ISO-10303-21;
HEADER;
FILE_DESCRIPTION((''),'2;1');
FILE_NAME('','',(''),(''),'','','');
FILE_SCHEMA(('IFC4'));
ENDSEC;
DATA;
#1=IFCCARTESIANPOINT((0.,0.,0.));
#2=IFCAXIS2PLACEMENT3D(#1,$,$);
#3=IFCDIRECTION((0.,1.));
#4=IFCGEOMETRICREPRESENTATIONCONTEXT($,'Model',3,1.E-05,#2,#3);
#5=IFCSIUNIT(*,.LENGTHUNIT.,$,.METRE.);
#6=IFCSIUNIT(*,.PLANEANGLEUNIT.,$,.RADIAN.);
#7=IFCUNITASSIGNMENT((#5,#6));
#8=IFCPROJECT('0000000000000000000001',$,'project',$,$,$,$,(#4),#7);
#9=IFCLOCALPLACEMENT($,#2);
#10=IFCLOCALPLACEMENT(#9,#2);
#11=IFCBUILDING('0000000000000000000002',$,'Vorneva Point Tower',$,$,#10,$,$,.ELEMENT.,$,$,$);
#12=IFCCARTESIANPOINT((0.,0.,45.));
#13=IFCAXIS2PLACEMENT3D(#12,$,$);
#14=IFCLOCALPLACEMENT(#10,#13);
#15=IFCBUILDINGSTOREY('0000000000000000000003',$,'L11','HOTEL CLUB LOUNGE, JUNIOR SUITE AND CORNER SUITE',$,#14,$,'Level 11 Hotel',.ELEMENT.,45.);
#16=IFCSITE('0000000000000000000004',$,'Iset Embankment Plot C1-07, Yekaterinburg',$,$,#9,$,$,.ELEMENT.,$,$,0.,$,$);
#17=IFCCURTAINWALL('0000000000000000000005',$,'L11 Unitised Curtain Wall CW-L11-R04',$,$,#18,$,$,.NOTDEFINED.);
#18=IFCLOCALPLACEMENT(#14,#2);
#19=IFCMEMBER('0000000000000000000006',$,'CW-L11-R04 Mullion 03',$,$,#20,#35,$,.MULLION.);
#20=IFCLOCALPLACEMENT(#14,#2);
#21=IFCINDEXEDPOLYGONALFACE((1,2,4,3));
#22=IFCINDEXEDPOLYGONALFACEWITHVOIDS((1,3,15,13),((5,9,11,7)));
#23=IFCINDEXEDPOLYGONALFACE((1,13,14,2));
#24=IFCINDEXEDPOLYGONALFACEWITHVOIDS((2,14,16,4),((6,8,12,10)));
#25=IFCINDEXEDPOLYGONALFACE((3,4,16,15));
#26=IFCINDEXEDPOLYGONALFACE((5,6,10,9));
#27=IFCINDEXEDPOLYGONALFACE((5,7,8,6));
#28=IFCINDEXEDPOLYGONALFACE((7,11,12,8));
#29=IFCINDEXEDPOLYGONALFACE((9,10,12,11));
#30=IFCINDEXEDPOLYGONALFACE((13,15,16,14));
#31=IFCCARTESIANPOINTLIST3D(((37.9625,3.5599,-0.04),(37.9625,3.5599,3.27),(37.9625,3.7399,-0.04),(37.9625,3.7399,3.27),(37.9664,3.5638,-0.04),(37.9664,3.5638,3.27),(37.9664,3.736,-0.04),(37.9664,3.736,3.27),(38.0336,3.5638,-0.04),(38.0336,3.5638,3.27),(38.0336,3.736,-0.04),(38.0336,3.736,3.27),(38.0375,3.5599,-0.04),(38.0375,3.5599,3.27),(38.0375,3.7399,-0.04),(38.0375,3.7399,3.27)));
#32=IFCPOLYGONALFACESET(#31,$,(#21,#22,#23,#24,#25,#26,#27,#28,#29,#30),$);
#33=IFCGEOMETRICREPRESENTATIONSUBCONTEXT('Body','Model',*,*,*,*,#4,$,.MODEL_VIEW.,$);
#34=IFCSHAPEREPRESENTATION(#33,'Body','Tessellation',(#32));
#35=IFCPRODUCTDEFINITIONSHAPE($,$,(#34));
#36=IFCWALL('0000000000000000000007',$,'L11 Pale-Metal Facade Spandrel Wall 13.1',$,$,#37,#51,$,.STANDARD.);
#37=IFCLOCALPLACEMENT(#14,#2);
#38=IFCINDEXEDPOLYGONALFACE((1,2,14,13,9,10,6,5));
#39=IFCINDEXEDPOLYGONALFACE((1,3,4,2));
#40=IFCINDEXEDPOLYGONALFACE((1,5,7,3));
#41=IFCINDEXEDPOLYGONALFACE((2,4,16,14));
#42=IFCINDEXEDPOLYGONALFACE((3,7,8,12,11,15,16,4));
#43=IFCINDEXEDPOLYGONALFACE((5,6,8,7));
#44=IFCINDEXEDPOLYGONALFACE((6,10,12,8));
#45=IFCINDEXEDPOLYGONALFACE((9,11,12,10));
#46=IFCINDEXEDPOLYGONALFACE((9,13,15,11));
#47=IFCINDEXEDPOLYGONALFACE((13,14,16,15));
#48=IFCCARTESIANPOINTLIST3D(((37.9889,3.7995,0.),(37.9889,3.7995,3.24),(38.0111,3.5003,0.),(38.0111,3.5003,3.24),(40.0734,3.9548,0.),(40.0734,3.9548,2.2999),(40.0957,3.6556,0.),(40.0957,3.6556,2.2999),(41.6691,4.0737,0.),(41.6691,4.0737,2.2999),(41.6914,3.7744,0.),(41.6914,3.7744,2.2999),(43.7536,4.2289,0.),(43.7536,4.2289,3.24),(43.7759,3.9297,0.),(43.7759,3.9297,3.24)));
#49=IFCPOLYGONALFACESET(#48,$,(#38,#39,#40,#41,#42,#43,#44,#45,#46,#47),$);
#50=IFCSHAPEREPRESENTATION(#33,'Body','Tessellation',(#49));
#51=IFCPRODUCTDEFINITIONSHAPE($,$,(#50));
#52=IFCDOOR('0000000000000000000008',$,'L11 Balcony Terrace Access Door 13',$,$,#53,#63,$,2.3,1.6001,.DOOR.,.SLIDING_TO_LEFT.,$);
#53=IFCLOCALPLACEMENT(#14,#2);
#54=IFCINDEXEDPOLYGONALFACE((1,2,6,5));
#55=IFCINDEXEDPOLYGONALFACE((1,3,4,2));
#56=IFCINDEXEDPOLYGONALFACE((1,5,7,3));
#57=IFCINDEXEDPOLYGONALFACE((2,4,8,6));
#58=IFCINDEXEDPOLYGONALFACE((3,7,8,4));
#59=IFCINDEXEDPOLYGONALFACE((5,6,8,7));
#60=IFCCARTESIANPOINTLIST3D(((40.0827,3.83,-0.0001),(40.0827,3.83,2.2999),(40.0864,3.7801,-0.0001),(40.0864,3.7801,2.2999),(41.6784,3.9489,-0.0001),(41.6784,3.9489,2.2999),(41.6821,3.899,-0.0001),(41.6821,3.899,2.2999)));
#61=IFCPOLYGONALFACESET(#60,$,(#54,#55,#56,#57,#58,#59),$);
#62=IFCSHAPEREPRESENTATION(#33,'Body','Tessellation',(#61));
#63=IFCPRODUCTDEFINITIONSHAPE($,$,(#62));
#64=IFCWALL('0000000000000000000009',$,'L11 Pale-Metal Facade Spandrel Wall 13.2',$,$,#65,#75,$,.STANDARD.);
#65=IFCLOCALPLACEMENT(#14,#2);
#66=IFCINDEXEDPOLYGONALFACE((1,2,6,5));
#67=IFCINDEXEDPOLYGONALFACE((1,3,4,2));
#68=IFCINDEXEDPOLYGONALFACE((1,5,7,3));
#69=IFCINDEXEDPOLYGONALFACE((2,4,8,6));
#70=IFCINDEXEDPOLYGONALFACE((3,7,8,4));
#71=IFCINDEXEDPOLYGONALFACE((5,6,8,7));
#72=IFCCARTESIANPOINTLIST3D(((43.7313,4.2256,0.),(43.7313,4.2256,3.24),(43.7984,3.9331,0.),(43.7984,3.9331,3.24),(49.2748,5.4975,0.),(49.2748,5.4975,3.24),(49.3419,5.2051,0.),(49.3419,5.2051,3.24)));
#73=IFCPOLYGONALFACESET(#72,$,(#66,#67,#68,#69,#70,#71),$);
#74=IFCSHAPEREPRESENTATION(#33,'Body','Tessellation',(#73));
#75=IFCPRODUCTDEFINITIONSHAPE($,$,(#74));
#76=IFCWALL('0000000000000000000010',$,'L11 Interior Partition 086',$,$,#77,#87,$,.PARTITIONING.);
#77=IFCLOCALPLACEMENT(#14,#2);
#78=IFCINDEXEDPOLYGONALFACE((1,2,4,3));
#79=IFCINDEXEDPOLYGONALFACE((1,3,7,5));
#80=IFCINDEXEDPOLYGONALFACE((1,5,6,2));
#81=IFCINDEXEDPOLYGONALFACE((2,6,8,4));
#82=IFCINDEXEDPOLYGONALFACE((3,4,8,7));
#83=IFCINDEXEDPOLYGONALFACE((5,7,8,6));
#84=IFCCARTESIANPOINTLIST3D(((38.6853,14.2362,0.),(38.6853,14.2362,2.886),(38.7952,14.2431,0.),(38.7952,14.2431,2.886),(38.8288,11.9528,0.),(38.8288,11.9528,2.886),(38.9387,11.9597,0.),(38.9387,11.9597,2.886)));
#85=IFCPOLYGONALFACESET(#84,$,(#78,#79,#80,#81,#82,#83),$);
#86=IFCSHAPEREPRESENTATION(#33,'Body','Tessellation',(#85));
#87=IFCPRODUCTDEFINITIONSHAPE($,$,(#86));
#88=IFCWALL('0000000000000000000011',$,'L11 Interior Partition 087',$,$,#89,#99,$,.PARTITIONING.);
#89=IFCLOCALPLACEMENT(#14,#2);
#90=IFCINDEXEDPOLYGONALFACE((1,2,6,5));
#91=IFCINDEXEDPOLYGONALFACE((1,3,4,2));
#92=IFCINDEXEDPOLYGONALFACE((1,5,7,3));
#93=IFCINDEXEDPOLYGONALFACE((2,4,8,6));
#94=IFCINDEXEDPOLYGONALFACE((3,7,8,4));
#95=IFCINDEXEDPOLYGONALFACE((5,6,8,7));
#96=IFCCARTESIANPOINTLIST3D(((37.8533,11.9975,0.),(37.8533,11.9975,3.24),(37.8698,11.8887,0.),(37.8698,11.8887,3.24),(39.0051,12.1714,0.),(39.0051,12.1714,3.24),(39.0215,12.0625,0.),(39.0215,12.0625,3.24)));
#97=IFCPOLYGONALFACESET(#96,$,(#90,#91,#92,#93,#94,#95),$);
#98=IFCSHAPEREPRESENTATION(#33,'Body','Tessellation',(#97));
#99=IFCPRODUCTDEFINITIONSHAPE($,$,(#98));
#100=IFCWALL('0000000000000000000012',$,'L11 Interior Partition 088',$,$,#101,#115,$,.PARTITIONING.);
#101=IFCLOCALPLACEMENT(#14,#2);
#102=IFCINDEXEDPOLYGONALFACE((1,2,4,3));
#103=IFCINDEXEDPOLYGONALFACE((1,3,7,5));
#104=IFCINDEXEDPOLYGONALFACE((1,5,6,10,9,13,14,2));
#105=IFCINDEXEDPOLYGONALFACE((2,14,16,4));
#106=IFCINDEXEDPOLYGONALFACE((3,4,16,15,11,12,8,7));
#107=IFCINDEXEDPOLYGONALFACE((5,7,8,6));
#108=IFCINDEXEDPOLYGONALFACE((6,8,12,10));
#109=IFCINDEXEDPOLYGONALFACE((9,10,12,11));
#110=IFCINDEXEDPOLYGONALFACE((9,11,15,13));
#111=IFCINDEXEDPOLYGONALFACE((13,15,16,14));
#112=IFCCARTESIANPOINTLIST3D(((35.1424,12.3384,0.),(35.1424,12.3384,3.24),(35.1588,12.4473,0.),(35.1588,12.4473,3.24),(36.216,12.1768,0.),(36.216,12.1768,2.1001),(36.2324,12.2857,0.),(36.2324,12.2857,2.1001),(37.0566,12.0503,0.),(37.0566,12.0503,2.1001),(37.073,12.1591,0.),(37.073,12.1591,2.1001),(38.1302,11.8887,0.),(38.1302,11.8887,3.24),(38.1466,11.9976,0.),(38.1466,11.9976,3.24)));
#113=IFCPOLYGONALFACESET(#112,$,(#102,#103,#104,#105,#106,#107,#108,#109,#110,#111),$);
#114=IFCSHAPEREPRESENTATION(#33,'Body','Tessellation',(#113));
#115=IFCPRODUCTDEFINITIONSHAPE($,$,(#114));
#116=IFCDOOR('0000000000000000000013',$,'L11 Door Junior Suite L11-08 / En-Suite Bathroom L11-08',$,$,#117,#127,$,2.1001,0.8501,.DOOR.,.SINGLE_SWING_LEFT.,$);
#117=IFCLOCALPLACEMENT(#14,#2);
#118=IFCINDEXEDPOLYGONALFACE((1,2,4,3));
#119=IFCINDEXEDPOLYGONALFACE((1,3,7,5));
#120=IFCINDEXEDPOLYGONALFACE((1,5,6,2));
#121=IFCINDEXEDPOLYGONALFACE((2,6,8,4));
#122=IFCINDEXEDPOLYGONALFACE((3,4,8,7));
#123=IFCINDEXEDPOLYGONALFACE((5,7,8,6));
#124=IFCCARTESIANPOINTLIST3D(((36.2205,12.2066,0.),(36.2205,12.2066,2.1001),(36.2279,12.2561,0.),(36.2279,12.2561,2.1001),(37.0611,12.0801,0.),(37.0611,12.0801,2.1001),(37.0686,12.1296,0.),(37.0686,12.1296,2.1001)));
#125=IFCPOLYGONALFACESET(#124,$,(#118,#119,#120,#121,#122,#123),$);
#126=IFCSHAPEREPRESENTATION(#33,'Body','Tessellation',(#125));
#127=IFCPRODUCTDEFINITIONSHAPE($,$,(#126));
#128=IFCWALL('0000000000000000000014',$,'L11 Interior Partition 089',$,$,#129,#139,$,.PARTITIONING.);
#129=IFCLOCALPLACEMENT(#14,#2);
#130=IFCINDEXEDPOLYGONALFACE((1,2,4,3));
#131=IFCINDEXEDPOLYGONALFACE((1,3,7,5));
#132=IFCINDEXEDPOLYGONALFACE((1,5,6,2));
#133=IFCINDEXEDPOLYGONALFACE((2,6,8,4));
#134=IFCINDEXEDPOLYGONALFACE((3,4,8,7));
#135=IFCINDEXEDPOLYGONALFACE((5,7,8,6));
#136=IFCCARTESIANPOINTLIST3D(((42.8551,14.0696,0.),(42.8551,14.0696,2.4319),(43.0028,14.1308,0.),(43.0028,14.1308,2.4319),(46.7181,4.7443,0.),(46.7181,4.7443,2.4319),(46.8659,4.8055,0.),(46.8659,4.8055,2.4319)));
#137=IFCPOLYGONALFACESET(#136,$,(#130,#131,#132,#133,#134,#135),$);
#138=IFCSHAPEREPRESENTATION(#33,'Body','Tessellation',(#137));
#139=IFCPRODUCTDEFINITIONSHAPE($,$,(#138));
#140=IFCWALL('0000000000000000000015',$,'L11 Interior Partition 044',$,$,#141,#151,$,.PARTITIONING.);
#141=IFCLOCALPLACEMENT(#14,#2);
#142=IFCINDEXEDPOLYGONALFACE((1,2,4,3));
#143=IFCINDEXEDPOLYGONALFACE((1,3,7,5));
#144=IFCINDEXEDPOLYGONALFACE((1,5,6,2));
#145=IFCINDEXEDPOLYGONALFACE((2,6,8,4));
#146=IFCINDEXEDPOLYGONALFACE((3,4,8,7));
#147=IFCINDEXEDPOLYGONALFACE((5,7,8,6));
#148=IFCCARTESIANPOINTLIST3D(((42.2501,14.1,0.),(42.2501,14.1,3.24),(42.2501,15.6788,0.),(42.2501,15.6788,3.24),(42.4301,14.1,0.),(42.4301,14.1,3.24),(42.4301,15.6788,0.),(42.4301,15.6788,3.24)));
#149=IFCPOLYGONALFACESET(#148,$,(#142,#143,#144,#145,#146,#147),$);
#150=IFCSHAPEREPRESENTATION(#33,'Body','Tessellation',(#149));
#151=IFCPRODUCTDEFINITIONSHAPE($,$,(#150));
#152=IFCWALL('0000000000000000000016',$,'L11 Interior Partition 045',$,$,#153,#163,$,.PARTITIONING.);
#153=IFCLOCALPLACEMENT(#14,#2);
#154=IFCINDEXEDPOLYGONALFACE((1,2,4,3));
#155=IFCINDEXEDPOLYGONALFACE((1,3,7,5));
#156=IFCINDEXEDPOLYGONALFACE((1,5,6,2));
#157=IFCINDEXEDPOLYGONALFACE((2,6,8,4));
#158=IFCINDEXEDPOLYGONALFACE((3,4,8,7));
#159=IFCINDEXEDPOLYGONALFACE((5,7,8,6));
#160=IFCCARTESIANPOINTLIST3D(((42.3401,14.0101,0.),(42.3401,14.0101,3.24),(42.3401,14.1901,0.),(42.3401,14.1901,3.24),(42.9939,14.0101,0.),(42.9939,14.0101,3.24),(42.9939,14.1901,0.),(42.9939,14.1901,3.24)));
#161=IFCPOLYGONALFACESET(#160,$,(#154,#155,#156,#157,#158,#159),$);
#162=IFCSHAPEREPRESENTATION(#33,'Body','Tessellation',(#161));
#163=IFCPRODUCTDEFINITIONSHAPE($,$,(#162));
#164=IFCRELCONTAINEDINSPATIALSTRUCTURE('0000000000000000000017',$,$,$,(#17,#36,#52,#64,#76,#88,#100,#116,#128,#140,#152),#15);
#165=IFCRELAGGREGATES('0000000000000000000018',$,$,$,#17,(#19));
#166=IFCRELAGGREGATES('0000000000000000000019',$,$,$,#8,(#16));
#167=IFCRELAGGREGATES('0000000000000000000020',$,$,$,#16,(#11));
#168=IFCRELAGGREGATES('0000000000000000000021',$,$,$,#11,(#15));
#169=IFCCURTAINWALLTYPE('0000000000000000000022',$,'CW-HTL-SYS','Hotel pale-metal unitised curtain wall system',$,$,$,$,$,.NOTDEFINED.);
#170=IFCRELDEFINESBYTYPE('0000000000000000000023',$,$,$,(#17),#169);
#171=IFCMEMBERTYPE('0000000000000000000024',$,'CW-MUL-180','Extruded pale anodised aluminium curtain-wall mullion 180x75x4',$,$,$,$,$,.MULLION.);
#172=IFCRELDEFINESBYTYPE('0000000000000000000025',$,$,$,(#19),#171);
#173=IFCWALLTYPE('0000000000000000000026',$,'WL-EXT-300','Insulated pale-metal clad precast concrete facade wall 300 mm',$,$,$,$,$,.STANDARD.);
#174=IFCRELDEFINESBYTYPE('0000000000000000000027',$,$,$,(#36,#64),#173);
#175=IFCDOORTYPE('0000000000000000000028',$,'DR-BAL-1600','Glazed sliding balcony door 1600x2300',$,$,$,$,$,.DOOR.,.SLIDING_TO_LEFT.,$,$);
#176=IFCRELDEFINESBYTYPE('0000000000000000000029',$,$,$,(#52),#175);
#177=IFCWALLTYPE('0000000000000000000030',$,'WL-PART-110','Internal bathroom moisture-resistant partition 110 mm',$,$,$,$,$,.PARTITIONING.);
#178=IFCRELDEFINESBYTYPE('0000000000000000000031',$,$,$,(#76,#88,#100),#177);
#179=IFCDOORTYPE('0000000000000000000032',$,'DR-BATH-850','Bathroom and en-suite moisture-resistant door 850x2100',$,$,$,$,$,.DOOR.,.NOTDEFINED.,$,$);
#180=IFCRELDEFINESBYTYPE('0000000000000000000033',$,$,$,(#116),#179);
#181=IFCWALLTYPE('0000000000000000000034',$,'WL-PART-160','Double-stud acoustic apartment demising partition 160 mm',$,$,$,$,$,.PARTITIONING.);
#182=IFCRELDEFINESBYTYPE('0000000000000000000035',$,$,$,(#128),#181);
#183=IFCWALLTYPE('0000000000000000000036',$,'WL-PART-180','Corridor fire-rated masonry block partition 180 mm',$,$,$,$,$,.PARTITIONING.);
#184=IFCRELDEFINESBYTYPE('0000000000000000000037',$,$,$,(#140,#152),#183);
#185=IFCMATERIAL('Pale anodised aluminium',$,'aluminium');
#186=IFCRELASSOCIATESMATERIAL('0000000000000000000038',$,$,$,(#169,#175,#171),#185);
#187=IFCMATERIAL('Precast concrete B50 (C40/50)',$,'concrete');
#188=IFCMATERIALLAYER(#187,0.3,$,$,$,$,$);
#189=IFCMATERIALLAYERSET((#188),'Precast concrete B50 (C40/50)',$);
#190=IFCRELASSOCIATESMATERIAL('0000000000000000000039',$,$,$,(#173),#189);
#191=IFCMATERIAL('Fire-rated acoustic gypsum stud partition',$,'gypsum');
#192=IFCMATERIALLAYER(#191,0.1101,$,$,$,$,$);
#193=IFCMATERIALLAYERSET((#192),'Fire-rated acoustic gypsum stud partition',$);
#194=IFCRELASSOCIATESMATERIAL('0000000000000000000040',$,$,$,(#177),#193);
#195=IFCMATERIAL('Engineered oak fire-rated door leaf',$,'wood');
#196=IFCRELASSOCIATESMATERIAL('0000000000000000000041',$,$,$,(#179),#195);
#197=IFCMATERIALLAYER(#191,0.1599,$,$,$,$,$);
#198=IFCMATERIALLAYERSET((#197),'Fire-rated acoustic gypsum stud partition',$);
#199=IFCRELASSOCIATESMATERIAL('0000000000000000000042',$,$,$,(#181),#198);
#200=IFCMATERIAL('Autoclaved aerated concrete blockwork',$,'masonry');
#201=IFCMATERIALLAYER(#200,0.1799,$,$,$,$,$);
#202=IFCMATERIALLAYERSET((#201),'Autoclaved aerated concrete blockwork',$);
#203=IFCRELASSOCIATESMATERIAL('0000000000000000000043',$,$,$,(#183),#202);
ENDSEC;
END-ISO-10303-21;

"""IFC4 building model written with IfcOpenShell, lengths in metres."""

from ifc_helpers import new_model, si_unit, direction, frame, frame_2d, origin, origin_2d, place, context, subcontext, project, spatial, rectangle, hollow_rectangle, extrude, material, layer, layer_set, material_profile, profile_set, type_object, element, fill, aggregate, save


model = new_model("IFC4")

# Units and contexts
model_context = context("Model", 3, precision=1e-05, world=origin(), true_north=direction((0.0, 1.0)))
body_context = subcontext(model_context, "Body", "Model", "MODEL_VIEW")
ifc_project = project(units=[si_unit("LENGTHUNIT", "METRE"), si_unit("PLANEANGLEUNIT", "RADIAN")], contexts=[model_context])

# Site, building, storey
site_placement = place(None, origin())
site = spatial("IfcSite", under=ifc_project, at=site_placement, Name="Iset Embankment Plot C1-07, Yekaterinburg", CompositionType="ELEMENT", RefElevation=0.0)
building_placement = place(site_placement, origin())
building = spatial("IfcBuilding", under=site, at=building_placement, Name="Vorneva Point Tower", CompositionType="ELEMENT")
storey_placement = place(building_placement, frame((0.0, 0.0, 45.0)))
storey = spatial("IfcBuildingStorey", under=building, at=storey_placement, Name="L11", Description="HOTEL CLUB LOUNGE, JUNIOR SUITE AND CORNER SUITE", LongName="Level 11 Hotel", CompositionType="ELEMENT", Elevation=45.0)

# Curtain wall, member
ifc_material_1 = material(Name="Pale anodised aluminium", Category="aluminium")
curtain_wall_type = type_object("IfcCurtainWallType", Name="CW-HTL-SYS", Description="Hotel pale-metal unitised curtain wall system", PredefinedType="NOTDEFINED", material=ifc_material_1)
curtain_wall_placement = place(storey_placement, origin())
curtain_wall = element("IfcCurtainWall", 1, at=curtain_wall_placement, inside=storey, type_object=curtain_wall_type, Name="L11 Unitised Curtain Wall CW-L11-R04", PredefinedType="NOTDEFINED")
ifc_material_profile_1 = material_profile(ifc_material_1, hollow_rectangle(XDim=0.075, YDim=0.1799, WallThickness=0.0039, at=origin_2d()), Name="AL-MUL 180x75x4")
ifc_profile_set_1 = profile_set([ifc_material_profile_1], Name="Pale anodised aluminium")
member_type = type_object("IfcMemberType", Name="CW-MUL-180", Description="Extruded pale anodised aluminium curtain-wall mullion 180x75x4", PredefinedType="MULLION", material=ifc_profile_set_1)
member_placement = place(storey_placement, frame((38.0, 3.6499, -0.04), z_axis=(0.0, 0.0, 1.0), x_axis=(1.0, 0.0, 0.0)))
member = element("IfcMember", 2, at=member_placement, type_object=member_type, Name="CW-L11-R04 Mullion 03", PredefinedType="MULLION", context=body_context, shape_type="SweptSolid", body=[
    extrude(hollow_rectangle(XDim=0.075, YDim=0.1799, WallThickness=0.0039, at=origin_2d()), origin(), (0.0, 0.0, 1.0), 3.3101),
])
aggregate(curtain_wall, [member])

# Wall, opening, door
ifc_material_2 = material(Name="Precast concrete B50 (C40/50)", Category="concrete")
ifc_layer_1 = layer(ifc_material_2, 0.3)
ifc_layer_set_1 = layer_set([ifc_layer_1], Name="Precast concrete B50 (C40/50)")
wall_type_1 = type_object("IfcWallType", Name="WL-EXT-300", Description="Insulated pale-metal clad precast concrete facade wall 300 mm", PredefinedType="STANDARD", material=ifc_layer_set_1)
wall_1_placement = place(storey_placement, frame((38.0, 3.6499, 0.0), z_axis=(0.0, 0.0, 1.0), x_axis=(0.997237, 0.074287, 0.0)))
wall_1 = element("IfcWall", 3, at=wall_1_placement, inside=storey, type_object=wall_type_1, Name="L11 Pale-Metal Facade Spandrel Wall 13.1", PredefinedType="STANDARD", context=body_context, shape_type="SweptSolid", body=[
    extrude(rectangle(XDim=5.7808, YDim=0.3, at=frame_2d((2.8904, 0.0))), origin(), (0.0, 0.0, 1.0), 3.24),
])
opening_1_placement = place(wall_1_placement, frame((2.0903, 0.0, 0.0)))
opening_1 = element("IfcOpeningElement", 4, at=opening_1_placement, cuts=wall_1, PredefinedType="OPENING", context=body_context, shape_type="SweptSolid", body=[
    extrude(rectangle(XDim=1.6001, YDim=2.3, at=frame_2d((0.8, 1.1499))), frame((0.0, 0.165, 0.0), z_axis=(0.0, -1.0, 0.0), x_axis=(1.0, 0.0, 0.0)), (0.0, 0.0, 1.0), 0.3298),
])
door_type_1 = type_object("IfcDoorType", Name="DR-BAL-1600", Description="Glazed sliding balcony door 1600x2300", OperationType="SLIDING_TO_LEFT", PredefinedType="DOOR", material=ifc_material_1)
door_1_placement = place(opening_1_placement, origin())
door_1 = element("IfcDoor", 5, at=door_1_placement, inside=storey, type_object=door_type_1, Name="L11 Balcony Terrace Access Door 13", OperationType="SLIDING_TO_LEFT", OverallHeight=2.3, OverallWidth=1.6001, PredefinedType="DOOR", context=body_context, shape_type="SweptSolid", body=[
    extrude(rectangle(XDim=1.6001, YDim=2.3, at=frame_2d((0.8, 1.1499))), frame((0.0, 0.0249, 0.0), z_axis=(0.0, -1.0, 0.0), x_axis=(1.0, 0.0, 0.0)), (0.0, 0.0, 1.0), 0.05),
])
fill(opening_1, door_1)

# Walls
wall_2_placement = place(storey_placement, frame((43.7649, 4.0793, 0.0), z_axis=(0.0, 0.0, 1.0), x_axis=(0.974671, 0.223643, 0.0)))
element("IfcWall", 6, at=wall_2_placement, inside=storey, type_object=wall_type_1, Name="L11 Pale-Metal Facade Spandrel Wall 13.2", PredefinedType="STANDARD", context=body_context, shape_type="SweptSolid", body=[
    extrude(rectangle(XDim=5.6875, YDim=0.3, at=frame_2d((2.8438, 0.0))), origin(), (0.0, 0.0, 1.0), 3.24),
])
ifc_material_3 = material(Name="Fire-rated acoustic gypsum stud partition", Category="gypsum")
ifc_layer_2 = layer(ifc_material_3, 0.1101)
ifc_layer_set_2 = layer_set([ifc_layer_2], Name="Fire-rated acoustic gypsum stud partition")
wall_type_2 = type_object("IfcWallType", Name="WL-PART-110", Description="Internal bathroom moisture-resistant partition 110 mm", PredefinedType="PARTITIONING", material=ifc_layer_set_2)
wall_3_placement = place(storey_placement, frame((38.7402, 14.2397, 0.0), z_axis=(0.0, 0.0, 1.0), x_axis=(0.062744, -0.99803, 0.0)))
element("IfcWall", 7, at=wall_3_placement, inside=storey, type_object=wall_type_2, Name="L11 Interior Partition 086", PredefinedType="PARTITIONING", context=body_context, shape_type="SweptSolid", body=[
    extrude(rectangle(XDim=2.2878, YDim=0.1101, at=frame_2d((1.144, 0.0))), origin(), (0.0, 0.0, 1.0), 2.886),
])
wall_4_placement = place(storey_placement, frame((39.0134, 12.1169, 0.0), z_axis=(0.0, 0.0, 1.0), x_axis=(-0.988804, -0.149222, 0.0)))
element("IfcWall", 8, at=wall_4_placement, inside=storey, type_object=wall_type_2, Name="L11 Interior Partition 087", PredefinedType="PARTITIONING", context=body_context, shape_type="SweptSolid", body=[
    extrude(rectangle(XDim=1.1648, YDim=0.1101, at=frame_2d((0.5825, 0.0))), origin(), (0.0, 0.0, 1.0), 3.24),
])

# Wall, opening, door
wall_5_placement = place(storey_placement, frame((38.1384, 11.9431, 0.0), z_axis=(0.0, 0.0, 1.0), x_axis=(-0.988862, 0.148838, 0.0)))
wall_5 = element("IfcWall", 9, at=wall_5_placement, inside=storey, type_object=wall_type_2, Name="L11 Interior Partition 088", PredefinedType="PARTITIONING", context=body_context, shape_type="SweptSolid", body=[
    extrude(rectangle(XDim=3.0215, YDim=0.1101, at=frame_2d((1.5107, 0.0))), origin(), (0.0, 0.0, 1.0), 3.24),
])
opening_2_placement = place(wall_5_placement, frame((1.0857, 0.0, 0.0)))
opening_2 = element("IfcOpeningElement", 10, at=opening_2_placement, cuts=wall_5, PredefinedType="OPENING", context=body_context, shape_type="SweptSolid", body=[
    extrude(rectangle(XDim=0.8501, YDim=2.1001, at=frame_2d((0.425, 1.05))), frame((0.0, 0.0698, 0.0), z_axis=(0.0, -1.0, 0.0), x_axis=(1.0, 0.0, 0.0)), (0.0, 0.0, 1.0), 0.1399),
])
ifc_material_4 = material(Name="Engineered oak fire-rated door leaf", Category="wood")
door_type_2 = type_object("IfcDoorType", Name="DR-BATH-850", Description="Bathroom and en-suite moisture-resistant door 850x2100", OperationType="NOTDEFINED", PredefinedType="DOOR", material=ifc_material_4)
door_2_placement = place(opening_2_placement, origin())
door_2 = element("IfcDoor", 11, at=door_2_placement, inside=storey, type_object=door_type_2, Name="L11 Door Junior Suite L11-08 / En-Suite Bathroom L11-08", OperationType="SINGLE_SWING_LEFT", OverallHeight=2.1001, OverallWidth=0.8501, PredefinedType="DOOR", context=body_context, shape_type="SweptSolid", body=[
    extrude(rectangle(XDim=0.8501, YDim=2.1001, at=frame_2d((0.425, 1.05))), frame((0.0, 0.0249, 0.0), z_axis=(0.0, -1.0, 0.0), x_axis=(1.0, 0.0, 0.0)), (0.0, 0.0, 1.0), 0.05),
])
fill(opening_2, door_2)

# Wall
ifc_layer_3 = layer(ifc_material_3, 0.1599)
ifc_layer_set_3 = layer_set([ifc_layer_3], Name="Fire-rated acoustic gypsum stud partition")
wall_type_3 = type_object("IfcWallType", Name="WL-PART-160", Description="Double-stud acoustic apartment demising partition 160 mm", PredefinedType="PARTITIONING", material=ifc_layer_set_3)
wall_6_placement = place(storey_placement, frame((46.792, 4.7749, 0.0), z_axis=(0.0, 0.0, 1.0), x_axis=(-0.382719, 0.923865, 0.0)))
element("IfcWall", 12, at=wall_6_placement, inside=storey, type_object=wall_type_3, Name="L11 Interior Partition 089", PredefinedType="PARTITIONING", context=body_context, shape_type="SweptSolid", body=[
    extrude(rectangle(XDim=10.0938, YDim=0.1599, at=frame_2d((5.0469, 0.0))), origin(), (0.0, 0.0, 1.0), 2.4319),
])

# Shared definitions
ifc_material_5 = material(Name="Autoclaved aerated concrete blockwork", Category="masonry")
ifc_layer_4 = layer(ifc_material_5, 0.1799)
ifc_layer_set_4 = layer_set([ifc_layer_4], Name="Autoclaved aerated concrete blockwork")
wall_type_4 = type_object("IfcWallType", Name="WL-PART-180", Description="Corridor fire-rated masonry block partition 180 mm", PredefinedType="PARTITIONING", material=ifc_layer_set_4)

# Walls
wall_7_placement = place(storey_placement, frame((42.3401, 15.679, 0.0), z_axis=(0.0, 0.0, 1.0), x_axis=(0.0, -1.0, 0.0)))
element("IfcWall", 13, at=wall_7_placement, inside=storey, type_object=wall_type_4, Name="L11 Interior Partition 044", PredefinedType="PARTITIONING", context=body_context, shape_type="SweptSolid", body=[
    extrude(rectangle(XDim=1.5789, YDim=0.1799, at=frame_2d((0.7896, 0.0))), origin(), (0.0, 0.0, 1.0), 3.24),
])
wall_8_placement = place(storey_placement, frame((42.3401, 14.1001, 0.0), z_axis=(0.0, 0.0, 1.0), x_axis=(1.0, 0.0, 0.0)))
element("IfcWall", 14, at=wall_8_placement, inside=storey, type_object=wall_type_4, Name="L11 Interior Partition 045", PredefinedType="PARTITIONING", context=body_context, shape_type="SweptSolid", body=[
    extrude(rectangle(XDim=0.6538, YDim=0.1799, at=frame_2d((0.3269, 0.0))), origin(), (0.0, 0.0, 1.0), 3.24),
])

save(model, "model.ifc")
